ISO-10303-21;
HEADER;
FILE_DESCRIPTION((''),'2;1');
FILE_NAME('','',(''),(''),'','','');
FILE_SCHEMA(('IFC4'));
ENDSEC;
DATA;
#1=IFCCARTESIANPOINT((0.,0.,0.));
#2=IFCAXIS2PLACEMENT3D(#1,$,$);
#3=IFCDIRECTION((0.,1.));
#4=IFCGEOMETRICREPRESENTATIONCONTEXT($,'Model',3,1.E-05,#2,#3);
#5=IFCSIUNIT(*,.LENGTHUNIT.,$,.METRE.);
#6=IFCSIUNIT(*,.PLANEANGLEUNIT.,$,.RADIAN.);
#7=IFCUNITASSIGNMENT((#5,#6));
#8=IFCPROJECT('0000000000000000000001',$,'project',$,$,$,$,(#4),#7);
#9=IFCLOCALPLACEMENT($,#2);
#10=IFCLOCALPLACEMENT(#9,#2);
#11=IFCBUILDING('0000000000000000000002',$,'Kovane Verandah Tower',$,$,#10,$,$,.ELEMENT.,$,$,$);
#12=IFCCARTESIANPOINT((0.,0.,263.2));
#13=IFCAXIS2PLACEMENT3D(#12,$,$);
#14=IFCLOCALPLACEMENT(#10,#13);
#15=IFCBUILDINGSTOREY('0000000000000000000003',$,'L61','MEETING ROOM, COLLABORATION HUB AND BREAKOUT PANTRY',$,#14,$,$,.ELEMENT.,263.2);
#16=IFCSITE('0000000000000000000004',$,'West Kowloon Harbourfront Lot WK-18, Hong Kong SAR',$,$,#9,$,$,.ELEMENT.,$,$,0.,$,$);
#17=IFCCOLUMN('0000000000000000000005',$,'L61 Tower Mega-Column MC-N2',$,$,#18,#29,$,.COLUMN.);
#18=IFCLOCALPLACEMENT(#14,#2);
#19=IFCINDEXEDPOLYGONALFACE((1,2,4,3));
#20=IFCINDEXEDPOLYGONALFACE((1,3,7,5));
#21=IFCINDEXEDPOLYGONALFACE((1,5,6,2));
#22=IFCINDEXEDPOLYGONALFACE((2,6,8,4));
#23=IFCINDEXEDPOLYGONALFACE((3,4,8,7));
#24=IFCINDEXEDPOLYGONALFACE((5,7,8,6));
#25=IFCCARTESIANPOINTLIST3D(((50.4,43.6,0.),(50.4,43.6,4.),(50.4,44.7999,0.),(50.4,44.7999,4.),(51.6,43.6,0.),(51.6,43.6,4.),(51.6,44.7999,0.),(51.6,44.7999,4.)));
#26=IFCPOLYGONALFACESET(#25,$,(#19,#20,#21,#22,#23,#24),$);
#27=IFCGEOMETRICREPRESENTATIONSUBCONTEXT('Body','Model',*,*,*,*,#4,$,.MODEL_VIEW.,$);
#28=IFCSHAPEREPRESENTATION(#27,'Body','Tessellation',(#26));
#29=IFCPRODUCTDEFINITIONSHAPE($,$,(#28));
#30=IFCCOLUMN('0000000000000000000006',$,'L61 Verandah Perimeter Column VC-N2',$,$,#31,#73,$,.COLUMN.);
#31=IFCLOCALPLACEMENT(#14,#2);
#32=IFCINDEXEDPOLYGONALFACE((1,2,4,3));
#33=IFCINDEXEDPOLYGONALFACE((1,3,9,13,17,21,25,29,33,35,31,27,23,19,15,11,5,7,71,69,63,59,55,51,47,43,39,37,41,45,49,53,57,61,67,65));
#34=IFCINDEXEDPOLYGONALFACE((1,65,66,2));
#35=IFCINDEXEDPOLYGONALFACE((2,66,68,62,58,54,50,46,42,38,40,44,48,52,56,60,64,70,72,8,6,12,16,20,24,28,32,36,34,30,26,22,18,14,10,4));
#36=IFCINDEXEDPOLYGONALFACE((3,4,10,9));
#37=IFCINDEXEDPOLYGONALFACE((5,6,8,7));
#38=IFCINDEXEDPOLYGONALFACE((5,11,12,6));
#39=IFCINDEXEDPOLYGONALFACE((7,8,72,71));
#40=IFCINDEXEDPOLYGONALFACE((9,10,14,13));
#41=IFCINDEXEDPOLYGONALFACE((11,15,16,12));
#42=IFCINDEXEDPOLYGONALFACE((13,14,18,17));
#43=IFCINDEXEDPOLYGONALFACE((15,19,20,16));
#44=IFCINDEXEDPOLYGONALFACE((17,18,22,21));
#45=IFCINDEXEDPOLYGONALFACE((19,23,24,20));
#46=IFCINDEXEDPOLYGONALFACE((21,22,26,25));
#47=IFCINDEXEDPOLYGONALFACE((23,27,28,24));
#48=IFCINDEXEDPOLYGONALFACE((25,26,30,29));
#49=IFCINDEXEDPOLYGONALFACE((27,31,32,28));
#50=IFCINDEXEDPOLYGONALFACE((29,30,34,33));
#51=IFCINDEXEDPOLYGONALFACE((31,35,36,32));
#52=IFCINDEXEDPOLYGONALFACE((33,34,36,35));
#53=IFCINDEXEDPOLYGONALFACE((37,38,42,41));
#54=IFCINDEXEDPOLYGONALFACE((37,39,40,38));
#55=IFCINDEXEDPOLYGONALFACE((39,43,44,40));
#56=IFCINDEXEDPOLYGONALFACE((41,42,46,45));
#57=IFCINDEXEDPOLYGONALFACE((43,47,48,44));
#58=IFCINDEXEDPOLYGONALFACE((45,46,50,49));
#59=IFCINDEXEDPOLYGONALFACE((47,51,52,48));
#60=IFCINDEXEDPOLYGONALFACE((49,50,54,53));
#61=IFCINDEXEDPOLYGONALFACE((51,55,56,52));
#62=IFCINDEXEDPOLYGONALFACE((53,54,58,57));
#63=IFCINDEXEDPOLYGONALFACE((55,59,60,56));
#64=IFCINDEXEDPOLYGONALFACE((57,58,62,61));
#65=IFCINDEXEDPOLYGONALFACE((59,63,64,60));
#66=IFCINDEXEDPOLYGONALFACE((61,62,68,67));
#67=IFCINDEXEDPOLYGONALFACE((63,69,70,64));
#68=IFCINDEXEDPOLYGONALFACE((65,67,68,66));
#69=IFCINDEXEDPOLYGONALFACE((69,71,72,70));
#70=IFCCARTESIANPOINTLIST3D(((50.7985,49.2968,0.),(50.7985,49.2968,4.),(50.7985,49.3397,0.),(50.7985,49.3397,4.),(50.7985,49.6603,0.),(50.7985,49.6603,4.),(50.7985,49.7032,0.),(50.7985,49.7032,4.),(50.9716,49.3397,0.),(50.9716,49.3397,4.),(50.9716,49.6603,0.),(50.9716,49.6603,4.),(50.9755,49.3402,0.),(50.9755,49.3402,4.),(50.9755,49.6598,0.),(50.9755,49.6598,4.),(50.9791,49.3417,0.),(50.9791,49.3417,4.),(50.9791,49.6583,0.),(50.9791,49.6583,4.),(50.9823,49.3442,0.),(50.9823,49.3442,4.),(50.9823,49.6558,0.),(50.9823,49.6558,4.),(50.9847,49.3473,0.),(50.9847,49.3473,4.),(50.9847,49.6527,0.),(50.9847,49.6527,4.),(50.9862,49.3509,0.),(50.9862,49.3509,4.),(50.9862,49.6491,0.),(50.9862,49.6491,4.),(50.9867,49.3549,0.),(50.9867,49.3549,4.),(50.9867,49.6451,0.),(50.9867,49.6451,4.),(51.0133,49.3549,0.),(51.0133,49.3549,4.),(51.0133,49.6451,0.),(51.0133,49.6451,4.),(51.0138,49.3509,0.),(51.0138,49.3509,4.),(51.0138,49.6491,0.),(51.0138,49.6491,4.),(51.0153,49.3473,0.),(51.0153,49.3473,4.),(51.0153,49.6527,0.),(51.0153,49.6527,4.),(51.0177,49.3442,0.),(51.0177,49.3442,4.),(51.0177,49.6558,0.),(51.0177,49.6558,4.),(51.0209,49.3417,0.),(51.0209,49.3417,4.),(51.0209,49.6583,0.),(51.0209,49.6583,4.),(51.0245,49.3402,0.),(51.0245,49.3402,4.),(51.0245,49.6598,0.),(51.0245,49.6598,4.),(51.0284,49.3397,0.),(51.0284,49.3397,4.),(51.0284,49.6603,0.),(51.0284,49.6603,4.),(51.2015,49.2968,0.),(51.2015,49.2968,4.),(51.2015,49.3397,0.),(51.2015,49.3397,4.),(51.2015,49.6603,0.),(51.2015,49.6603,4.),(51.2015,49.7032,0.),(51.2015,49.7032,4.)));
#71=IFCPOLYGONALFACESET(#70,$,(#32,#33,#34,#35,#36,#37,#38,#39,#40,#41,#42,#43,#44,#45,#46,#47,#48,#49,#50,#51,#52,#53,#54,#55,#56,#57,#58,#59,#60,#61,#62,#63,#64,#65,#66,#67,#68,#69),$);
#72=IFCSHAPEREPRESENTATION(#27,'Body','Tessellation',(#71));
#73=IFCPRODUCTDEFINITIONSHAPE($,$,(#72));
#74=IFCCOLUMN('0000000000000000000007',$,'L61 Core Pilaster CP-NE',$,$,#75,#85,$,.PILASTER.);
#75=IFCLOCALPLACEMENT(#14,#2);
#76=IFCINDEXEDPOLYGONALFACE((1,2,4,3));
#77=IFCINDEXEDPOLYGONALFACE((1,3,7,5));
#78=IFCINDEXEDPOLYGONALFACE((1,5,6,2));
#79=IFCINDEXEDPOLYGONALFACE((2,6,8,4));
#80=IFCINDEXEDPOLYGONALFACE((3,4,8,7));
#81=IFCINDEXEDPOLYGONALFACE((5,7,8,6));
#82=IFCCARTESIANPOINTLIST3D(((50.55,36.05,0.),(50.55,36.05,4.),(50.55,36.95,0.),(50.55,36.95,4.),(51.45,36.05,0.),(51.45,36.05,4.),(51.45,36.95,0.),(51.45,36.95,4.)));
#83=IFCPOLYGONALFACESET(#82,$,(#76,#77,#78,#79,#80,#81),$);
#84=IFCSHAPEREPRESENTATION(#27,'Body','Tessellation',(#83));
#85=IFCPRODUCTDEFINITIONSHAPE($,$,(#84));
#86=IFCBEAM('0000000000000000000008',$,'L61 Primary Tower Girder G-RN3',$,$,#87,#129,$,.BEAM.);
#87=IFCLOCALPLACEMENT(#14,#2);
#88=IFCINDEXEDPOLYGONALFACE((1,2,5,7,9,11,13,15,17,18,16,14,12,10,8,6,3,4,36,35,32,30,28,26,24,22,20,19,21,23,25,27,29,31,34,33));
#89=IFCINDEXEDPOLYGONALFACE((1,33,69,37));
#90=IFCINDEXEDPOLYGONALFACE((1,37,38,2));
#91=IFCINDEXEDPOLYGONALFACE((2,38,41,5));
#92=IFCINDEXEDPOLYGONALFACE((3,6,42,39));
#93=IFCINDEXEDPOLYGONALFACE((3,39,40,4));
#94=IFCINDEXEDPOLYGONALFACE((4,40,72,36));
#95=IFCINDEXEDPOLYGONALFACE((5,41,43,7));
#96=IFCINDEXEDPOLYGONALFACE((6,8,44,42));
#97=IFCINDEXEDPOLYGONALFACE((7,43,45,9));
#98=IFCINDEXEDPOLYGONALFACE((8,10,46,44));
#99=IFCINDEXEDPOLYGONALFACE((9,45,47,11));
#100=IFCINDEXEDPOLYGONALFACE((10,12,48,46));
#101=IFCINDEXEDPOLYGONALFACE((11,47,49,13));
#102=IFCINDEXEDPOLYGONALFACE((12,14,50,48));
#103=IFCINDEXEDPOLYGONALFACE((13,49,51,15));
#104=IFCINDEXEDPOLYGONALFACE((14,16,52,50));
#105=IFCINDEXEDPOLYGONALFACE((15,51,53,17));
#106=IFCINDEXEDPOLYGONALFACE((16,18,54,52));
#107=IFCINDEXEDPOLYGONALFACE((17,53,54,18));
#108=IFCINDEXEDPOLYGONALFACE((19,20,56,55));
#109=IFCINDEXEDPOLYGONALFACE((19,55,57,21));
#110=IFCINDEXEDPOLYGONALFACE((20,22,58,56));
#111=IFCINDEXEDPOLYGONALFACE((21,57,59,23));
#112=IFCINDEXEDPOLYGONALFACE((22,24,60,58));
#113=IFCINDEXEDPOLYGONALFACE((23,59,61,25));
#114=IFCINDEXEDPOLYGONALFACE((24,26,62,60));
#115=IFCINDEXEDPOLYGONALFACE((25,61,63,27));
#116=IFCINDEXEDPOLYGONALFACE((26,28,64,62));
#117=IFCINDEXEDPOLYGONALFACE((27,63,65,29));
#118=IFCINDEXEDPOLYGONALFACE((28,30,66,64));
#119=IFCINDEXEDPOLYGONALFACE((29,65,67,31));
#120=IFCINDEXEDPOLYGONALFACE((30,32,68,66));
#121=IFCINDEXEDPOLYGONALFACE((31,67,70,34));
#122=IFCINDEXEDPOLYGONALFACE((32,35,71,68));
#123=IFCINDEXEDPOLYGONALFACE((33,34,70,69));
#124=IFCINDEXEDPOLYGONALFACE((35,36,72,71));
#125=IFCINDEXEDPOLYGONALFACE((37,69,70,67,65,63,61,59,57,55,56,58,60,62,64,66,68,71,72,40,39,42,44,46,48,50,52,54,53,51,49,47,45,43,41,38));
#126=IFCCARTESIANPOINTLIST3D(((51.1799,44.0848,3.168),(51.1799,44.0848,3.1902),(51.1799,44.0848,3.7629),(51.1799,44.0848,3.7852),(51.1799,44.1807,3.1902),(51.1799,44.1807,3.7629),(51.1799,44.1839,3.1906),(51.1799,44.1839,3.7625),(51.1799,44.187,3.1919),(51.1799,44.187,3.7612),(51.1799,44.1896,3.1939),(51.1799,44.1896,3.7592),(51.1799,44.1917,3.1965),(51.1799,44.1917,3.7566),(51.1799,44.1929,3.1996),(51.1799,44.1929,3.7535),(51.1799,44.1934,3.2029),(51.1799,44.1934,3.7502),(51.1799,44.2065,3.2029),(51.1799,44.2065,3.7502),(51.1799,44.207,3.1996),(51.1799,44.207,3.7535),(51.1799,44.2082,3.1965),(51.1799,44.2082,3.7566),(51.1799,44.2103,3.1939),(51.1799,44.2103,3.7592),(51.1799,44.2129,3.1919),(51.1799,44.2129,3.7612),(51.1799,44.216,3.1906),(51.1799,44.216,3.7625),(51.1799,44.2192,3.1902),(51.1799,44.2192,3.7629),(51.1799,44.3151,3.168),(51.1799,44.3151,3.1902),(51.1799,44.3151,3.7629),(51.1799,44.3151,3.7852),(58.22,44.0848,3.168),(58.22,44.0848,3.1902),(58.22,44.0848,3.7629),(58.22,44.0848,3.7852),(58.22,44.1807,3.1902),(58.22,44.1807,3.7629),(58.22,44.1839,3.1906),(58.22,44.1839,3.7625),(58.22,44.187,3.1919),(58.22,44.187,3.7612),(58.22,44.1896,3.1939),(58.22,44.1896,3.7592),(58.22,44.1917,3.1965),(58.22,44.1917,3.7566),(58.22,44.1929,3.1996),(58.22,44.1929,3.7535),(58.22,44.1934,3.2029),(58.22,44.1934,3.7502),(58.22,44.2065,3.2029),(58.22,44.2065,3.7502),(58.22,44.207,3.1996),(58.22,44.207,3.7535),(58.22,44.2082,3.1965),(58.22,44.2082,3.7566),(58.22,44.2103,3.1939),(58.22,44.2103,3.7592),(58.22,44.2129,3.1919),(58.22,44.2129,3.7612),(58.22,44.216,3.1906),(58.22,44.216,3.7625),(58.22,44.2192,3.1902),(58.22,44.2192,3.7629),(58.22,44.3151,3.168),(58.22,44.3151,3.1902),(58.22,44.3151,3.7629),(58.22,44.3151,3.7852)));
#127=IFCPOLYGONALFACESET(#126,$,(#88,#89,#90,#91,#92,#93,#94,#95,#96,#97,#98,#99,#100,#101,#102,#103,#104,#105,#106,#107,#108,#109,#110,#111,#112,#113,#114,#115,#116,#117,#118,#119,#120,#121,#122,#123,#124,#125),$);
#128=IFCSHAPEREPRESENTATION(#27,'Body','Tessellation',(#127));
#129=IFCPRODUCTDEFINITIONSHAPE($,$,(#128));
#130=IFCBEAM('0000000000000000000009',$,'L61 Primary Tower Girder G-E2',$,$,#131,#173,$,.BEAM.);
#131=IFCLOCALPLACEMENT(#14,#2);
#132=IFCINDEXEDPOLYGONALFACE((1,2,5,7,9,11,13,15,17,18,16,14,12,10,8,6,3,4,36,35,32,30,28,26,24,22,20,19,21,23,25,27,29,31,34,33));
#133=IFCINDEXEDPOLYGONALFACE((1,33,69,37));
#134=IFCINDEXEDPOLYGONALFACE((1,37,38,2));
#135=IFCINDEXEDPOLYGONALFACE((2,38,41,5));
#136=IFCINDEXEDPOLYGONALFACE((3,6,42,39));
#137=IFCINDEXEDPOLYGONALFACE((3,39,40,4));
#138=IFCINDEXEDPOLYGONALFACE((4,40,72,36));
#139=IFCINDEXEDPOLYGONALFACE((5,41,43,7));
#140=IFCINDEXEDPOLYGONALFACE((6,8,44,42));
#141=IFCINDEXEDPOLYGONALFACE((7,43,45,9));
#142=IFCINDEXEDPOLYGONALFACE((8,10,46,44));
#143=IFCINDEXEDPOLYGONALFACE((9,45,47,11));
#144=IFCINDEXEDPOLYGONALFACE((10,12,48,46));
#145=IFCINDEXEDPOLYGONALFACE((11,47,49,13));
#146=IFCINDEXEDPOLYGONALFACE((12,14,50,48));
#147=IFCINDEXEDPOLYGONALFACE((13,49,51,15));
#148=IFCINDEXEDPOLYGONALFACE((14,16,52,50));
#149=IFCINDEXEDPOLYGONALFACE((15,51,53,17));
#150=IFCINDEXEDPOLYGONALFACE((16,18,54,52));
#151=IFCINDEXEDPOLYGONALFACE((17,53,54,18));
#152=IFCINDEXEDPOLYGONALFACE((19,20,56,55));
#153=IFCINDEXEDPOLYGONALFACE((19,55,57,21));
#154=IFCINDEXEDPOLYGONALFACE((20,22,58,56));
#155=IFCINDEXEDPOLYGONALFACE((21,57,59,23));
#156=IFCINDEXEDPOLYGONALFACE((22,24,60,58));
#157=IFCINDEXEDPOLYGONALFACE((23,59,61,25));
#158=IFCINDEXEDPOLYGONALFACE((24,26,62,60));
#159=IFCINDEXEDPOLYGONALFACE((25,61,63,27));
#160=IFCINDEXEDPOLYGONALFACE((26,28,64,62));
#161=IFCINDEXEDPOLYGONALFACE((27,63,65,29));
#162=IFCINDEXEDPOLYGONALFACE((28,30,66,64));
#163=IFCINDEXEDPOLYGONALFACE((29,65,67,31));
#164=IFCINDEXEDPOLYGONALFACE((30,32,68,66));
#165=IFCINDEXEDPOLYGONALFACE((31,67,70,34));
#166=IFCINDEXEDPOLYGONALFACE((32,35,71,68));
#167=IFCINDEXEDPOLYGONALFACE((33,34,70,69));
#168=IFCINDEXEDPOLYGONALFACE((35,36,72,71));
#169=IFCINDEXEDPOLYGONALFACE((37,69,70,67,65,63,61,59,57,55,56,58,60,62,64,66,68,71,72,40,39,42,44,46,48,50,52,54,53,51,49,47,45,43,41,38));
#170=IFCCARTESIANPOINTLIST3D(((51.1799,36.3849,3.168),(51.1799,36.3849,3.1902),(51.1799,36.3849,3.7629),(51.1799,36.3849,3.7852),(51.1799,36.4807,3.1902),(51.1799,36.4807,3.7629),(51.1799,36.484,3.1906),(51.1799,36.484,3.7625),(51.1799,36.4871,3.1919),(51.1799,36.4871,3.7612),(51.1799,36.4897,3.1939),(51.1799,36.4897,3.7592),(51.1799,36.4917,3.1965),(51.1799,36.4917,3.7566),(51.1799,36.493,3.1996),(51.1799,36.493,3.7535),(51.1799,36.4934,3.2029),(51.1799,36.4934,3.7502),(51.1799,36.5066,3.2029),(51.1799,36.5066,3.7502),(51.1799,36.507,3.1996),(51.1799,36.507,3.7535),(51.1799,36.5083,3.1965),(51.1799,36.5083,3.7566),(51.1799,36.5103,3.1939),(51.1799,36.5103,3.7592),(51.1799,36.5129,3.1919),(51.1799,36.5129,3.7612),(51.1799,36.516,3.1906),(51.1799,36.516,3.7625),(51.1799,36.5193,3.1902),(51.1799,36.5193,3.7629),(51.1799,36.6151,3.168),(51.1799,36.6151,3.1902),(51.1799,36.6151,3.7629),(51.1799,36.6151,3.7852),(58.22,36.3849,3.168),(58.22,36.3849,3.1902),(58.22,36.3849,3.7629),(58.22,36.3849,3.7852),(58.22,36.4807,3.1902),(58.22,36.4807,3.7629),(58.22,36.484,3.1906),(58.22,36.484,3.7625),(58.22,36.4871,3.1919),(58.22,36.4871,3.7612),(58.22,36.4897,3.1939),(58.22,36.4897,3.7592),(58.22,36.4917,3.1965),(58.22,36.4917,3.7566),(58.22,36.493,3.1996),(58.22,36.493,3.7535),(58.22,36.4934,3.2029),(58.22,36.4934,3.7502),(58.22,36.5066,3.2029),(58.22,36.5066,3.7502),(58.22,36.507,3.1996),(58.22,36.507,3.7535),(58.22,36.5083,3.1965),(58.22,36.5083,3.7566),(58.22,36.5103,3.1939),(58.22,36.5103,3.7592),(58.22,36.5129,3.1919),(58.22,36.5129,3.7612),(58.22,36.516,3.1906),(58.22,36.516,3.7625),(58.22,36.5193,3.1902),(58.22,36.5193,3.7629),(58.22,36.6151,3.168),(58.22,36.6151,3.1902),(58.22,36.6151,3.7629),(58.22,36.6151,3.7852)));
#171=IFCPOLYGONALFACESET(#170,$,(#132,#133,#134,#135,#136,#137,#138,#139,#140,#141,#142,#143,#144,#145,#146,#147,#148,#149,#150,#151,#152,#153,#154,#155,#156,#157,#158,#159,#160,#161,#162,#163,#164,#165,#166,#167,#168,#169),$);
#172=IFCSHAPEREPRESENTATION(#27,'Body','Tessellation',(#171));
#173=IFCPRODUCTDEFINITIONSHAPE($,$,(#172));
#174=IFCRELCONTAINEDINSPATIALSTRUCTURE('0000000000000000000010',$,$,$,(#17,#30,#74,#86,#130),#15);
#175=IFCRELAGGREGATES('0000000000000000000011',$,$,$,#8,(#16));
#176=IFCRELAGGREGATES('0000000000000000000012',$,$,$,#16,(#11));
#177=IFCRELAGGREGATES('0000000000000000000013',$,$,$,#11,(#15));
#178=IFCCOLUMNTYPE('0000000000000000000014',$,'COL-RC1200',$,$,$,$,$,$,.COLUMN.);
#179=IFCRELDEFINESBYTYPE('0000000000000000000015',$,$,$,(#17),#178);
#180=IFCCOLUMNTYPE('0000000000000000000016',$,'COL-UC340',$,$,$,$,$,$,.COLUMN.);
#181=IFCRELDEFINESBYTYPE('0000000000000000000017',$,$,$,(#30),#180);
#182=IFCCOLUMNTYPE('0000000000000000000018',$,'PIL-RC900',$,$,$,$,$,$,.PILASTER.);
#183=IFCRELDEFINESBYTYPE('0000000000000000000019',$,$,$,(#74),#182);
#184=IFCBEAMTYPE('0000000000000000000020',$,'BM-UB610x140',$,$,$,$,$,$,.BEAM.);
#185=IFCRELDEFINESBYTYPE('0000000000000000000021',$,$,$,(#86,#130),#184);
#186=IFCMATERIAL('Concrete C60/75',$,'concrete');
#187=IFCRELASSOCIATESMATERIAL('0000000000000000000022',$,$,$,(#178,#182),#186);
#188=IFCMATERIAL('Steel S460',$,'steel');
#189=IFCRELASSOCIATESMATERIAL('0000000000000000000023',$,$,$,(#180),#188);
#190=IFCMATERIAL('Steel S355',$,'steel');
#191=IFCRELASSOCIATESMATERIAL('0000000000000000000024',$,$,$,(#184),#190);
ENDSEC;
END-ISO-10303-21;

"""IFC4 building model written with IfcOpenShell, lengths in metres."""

from ifc_helpers import new_model, si_unit, direction, frame, origin, origin_2d, place, context, subcontext, project, spatial, rectangle, i_section, extrude, material, material_profile, profile_set, type_object, element, save


model = new_model("IFC4")

# Units and contexts
model_context = context("Model", 3, precision=1e-05, world=origin(), true_north=direction((0.0, 1.0)))
body_context = subcontext(model_context, "Body", "Model", "MODEL_VIEW")
ifc_project = project(units=[si_unit("LENGTHUNIT", "METRE"), si_unit("PLANEANGLEUNIT", "RADIAN")], contexts=[model_context])

# Site, building, storey
site_placement = place(None, origin())
site = spatial("IfcSite", under=ifc_project, at=site_placement, Name="West Kowloon Harbourfront Lot WK-18, Hong Kong SAR", CompositionType="ELEMENT", RefElevation=0.0)
building_placement = place(site_placement, origin())
building = spatial("IfcBuilding", under=site, at=building_placement, Name="Kovane Verandah Tower", CompositionType="ELEMENT")
storey_placement = place(building_placement, frame((0.0, 0.0, 263.2)))
storey = spatial("IfcBuildingStorey", under=building, at=storey_placement, Name="L61", Description="MEETING ROOM, COLLABORATION HUB AND BREAKOUT PANTRY", CompositionType="ELEMENT", Elevation=263.2)

# Columns
ifc_material_1 = material(Name="Concrete C60/75", Category="concrete")
ifc_material_profile_1 = material_profile(ifc_material_1, rectangle(XDim=1.2, YDim=1.2, at=origin_2d()), Name="RC1200x1200")
ifc_profile_set_1 = profile_set([ifc_material_profile_1], Name="Concrete C60/75")
column_type_1 = type_object("IfcColumnType", Name="COL-RC1200", PredefinedType="COLUMN", material=ifc_profile_set_1)
column_1_placement = place(storey_placement, frame((51.0, 44.2, 0.0), z_axis=(0.0, 0.0, 1.0), x_axis=(1.0, 0.0, 0.0)))
element("IfcColumn", 1, at=column_1_placement, inside=storey, type_object=column_type_1, Name="L61 Tower Mega-Column MC-N2", PredefinedType="COLUMN", context=body_context, shape_type="SweptSolid", body=[
    extrude(rectangle(XDim=1.2, YDim=1.2, at=origin_2d()), origin(), (0.0, 0.0, 1.0), 4.0),
])
ifc_material_2 = material(Name="Steel S460", Category="steel")
ifc_material_profile_2 = material_profile(ifc_material_2, i_section(OverallWidth=0.4031, OverallDepth=0.4065, WebThickness=0.0266, FlangeThickness=0.043, FilletRadius=0.0151, at=origin_2d()), Name="UC356x406x340")
ifc_profile_set_2 = profile_set([ifc_material_profile_2], Name="Steel S460")
column_type_2 = type_object("IfcColumnType", Name="COL-UC340", PredefinedType="COLUMN", material=ifc_profile_set_2)
column_2_placement = place(storey_placement, frame((51.0, 49.5, 0.0), z_axis=(0.0, 0.0, 1.0), x_axis=(1.0, 0.0, 0.0)))
element("IfcColumn", 2, at=column_2_placement, inside=storey, type_object=column_type_2, Name="L61 Verandah Perimeter Column VC-N2", PredefinedType="COLUMN", context=body_context, shape_type="SweptSolid", body=[
    extrude(i_section(OverallWidth=0.4031, OverallDepth=0.4065, WebThickness=0.0266, FlangeThickness=0.043, FilletRadius=0.0151, at=origin_2d()), origin(), (0.0, 0.0, 1.0), 4.0),
])
ifc_material_profile_3 = material_profile(ifc_material_1, rectangle(XDim=0.8999, YDim=0.8999, at=origin_2d()), Name="RC900x900")
ifc_profile_set_3 = profile_set([ifc_material_profile_3], Name="Concrete C60/75")
column_type_3 = type_object("IfcColumnType", Name="PIL-RC900", PredefinedType="PILASTER", material=ifc_profile_set_3)
column_3_placement = place(storey_placement, frame((51.0, 36.5, 0.0), z_axis=(0.0, 0.0, 1.0), x_axis=(1.0, 0.0, 0.0)))
element("IfcColumn", 3, at=column_3_placement, inside=storey, type_object=column_type_3, Name="L61 Core Pilaster CP-NE", PredefinedType="PILASTER", context=body_context, shape_type="SweptSolid", body=[
    extrude(rectangle(XDim=0.8999, YDim=0.8999, at=origin_2d()), origin(), (0.0, 0.0, 1.0), 4.0),
])

# Beams
ifc_material_3 = material(Name="Steel S355", Category="steel")
ifc_material_profile_4 = material_profile(ifc_material_3, i_section(OverallWidth=0.2302, OverallDepth=0.6172, WebThickness=0.0132, FlangeThickness=0.0222, FilletRadius=0.0127, at=origin_2d()), Name="UB610x229x140")
ifc_profile_set_4 = profile_set([ifc_material_profile_4], Name="Steel S355")
beam_type = type_object("IfcBeamType", Name="BM-UB610x140", PredefinedType="BEAM", material=ifc_profile_set_4)
for number, where, z_axis, x_axis, name in (
    (4, (51.1799, 44.2, 3.4766), (1.0, 0.0, 0.0), (0.0, 1.0, 0.0), "L61 Primary Tower Girder G-RN3"),
    (5, (51.1799, 36.5, 3.4766), (1.0, 0.0, 0.0), (0.0, 1.0, 0.0), "L61 Primary Tower Girder G-E2"),
):
    element("IfcBeam", number, at=place(storey_placement, frame(where, z_axis=z_axis, x_axis=x_axis)), inside=storey, type_object=beam_type, Name=name, PredefinedType="BEAM", context=body_context, shape_type="SweptSolid", body=[
        extrude(i_section(OverallWidth=0.2302, OverallDepth=0.6172, WebThickness=0.0132, FlangeThickness=0.0222, FilletRadius=0.0127, at=origin_2d()), origin(), (0.0, 0.0, 1.0), 7.04),
    ])

save(model, "model.ifc")
